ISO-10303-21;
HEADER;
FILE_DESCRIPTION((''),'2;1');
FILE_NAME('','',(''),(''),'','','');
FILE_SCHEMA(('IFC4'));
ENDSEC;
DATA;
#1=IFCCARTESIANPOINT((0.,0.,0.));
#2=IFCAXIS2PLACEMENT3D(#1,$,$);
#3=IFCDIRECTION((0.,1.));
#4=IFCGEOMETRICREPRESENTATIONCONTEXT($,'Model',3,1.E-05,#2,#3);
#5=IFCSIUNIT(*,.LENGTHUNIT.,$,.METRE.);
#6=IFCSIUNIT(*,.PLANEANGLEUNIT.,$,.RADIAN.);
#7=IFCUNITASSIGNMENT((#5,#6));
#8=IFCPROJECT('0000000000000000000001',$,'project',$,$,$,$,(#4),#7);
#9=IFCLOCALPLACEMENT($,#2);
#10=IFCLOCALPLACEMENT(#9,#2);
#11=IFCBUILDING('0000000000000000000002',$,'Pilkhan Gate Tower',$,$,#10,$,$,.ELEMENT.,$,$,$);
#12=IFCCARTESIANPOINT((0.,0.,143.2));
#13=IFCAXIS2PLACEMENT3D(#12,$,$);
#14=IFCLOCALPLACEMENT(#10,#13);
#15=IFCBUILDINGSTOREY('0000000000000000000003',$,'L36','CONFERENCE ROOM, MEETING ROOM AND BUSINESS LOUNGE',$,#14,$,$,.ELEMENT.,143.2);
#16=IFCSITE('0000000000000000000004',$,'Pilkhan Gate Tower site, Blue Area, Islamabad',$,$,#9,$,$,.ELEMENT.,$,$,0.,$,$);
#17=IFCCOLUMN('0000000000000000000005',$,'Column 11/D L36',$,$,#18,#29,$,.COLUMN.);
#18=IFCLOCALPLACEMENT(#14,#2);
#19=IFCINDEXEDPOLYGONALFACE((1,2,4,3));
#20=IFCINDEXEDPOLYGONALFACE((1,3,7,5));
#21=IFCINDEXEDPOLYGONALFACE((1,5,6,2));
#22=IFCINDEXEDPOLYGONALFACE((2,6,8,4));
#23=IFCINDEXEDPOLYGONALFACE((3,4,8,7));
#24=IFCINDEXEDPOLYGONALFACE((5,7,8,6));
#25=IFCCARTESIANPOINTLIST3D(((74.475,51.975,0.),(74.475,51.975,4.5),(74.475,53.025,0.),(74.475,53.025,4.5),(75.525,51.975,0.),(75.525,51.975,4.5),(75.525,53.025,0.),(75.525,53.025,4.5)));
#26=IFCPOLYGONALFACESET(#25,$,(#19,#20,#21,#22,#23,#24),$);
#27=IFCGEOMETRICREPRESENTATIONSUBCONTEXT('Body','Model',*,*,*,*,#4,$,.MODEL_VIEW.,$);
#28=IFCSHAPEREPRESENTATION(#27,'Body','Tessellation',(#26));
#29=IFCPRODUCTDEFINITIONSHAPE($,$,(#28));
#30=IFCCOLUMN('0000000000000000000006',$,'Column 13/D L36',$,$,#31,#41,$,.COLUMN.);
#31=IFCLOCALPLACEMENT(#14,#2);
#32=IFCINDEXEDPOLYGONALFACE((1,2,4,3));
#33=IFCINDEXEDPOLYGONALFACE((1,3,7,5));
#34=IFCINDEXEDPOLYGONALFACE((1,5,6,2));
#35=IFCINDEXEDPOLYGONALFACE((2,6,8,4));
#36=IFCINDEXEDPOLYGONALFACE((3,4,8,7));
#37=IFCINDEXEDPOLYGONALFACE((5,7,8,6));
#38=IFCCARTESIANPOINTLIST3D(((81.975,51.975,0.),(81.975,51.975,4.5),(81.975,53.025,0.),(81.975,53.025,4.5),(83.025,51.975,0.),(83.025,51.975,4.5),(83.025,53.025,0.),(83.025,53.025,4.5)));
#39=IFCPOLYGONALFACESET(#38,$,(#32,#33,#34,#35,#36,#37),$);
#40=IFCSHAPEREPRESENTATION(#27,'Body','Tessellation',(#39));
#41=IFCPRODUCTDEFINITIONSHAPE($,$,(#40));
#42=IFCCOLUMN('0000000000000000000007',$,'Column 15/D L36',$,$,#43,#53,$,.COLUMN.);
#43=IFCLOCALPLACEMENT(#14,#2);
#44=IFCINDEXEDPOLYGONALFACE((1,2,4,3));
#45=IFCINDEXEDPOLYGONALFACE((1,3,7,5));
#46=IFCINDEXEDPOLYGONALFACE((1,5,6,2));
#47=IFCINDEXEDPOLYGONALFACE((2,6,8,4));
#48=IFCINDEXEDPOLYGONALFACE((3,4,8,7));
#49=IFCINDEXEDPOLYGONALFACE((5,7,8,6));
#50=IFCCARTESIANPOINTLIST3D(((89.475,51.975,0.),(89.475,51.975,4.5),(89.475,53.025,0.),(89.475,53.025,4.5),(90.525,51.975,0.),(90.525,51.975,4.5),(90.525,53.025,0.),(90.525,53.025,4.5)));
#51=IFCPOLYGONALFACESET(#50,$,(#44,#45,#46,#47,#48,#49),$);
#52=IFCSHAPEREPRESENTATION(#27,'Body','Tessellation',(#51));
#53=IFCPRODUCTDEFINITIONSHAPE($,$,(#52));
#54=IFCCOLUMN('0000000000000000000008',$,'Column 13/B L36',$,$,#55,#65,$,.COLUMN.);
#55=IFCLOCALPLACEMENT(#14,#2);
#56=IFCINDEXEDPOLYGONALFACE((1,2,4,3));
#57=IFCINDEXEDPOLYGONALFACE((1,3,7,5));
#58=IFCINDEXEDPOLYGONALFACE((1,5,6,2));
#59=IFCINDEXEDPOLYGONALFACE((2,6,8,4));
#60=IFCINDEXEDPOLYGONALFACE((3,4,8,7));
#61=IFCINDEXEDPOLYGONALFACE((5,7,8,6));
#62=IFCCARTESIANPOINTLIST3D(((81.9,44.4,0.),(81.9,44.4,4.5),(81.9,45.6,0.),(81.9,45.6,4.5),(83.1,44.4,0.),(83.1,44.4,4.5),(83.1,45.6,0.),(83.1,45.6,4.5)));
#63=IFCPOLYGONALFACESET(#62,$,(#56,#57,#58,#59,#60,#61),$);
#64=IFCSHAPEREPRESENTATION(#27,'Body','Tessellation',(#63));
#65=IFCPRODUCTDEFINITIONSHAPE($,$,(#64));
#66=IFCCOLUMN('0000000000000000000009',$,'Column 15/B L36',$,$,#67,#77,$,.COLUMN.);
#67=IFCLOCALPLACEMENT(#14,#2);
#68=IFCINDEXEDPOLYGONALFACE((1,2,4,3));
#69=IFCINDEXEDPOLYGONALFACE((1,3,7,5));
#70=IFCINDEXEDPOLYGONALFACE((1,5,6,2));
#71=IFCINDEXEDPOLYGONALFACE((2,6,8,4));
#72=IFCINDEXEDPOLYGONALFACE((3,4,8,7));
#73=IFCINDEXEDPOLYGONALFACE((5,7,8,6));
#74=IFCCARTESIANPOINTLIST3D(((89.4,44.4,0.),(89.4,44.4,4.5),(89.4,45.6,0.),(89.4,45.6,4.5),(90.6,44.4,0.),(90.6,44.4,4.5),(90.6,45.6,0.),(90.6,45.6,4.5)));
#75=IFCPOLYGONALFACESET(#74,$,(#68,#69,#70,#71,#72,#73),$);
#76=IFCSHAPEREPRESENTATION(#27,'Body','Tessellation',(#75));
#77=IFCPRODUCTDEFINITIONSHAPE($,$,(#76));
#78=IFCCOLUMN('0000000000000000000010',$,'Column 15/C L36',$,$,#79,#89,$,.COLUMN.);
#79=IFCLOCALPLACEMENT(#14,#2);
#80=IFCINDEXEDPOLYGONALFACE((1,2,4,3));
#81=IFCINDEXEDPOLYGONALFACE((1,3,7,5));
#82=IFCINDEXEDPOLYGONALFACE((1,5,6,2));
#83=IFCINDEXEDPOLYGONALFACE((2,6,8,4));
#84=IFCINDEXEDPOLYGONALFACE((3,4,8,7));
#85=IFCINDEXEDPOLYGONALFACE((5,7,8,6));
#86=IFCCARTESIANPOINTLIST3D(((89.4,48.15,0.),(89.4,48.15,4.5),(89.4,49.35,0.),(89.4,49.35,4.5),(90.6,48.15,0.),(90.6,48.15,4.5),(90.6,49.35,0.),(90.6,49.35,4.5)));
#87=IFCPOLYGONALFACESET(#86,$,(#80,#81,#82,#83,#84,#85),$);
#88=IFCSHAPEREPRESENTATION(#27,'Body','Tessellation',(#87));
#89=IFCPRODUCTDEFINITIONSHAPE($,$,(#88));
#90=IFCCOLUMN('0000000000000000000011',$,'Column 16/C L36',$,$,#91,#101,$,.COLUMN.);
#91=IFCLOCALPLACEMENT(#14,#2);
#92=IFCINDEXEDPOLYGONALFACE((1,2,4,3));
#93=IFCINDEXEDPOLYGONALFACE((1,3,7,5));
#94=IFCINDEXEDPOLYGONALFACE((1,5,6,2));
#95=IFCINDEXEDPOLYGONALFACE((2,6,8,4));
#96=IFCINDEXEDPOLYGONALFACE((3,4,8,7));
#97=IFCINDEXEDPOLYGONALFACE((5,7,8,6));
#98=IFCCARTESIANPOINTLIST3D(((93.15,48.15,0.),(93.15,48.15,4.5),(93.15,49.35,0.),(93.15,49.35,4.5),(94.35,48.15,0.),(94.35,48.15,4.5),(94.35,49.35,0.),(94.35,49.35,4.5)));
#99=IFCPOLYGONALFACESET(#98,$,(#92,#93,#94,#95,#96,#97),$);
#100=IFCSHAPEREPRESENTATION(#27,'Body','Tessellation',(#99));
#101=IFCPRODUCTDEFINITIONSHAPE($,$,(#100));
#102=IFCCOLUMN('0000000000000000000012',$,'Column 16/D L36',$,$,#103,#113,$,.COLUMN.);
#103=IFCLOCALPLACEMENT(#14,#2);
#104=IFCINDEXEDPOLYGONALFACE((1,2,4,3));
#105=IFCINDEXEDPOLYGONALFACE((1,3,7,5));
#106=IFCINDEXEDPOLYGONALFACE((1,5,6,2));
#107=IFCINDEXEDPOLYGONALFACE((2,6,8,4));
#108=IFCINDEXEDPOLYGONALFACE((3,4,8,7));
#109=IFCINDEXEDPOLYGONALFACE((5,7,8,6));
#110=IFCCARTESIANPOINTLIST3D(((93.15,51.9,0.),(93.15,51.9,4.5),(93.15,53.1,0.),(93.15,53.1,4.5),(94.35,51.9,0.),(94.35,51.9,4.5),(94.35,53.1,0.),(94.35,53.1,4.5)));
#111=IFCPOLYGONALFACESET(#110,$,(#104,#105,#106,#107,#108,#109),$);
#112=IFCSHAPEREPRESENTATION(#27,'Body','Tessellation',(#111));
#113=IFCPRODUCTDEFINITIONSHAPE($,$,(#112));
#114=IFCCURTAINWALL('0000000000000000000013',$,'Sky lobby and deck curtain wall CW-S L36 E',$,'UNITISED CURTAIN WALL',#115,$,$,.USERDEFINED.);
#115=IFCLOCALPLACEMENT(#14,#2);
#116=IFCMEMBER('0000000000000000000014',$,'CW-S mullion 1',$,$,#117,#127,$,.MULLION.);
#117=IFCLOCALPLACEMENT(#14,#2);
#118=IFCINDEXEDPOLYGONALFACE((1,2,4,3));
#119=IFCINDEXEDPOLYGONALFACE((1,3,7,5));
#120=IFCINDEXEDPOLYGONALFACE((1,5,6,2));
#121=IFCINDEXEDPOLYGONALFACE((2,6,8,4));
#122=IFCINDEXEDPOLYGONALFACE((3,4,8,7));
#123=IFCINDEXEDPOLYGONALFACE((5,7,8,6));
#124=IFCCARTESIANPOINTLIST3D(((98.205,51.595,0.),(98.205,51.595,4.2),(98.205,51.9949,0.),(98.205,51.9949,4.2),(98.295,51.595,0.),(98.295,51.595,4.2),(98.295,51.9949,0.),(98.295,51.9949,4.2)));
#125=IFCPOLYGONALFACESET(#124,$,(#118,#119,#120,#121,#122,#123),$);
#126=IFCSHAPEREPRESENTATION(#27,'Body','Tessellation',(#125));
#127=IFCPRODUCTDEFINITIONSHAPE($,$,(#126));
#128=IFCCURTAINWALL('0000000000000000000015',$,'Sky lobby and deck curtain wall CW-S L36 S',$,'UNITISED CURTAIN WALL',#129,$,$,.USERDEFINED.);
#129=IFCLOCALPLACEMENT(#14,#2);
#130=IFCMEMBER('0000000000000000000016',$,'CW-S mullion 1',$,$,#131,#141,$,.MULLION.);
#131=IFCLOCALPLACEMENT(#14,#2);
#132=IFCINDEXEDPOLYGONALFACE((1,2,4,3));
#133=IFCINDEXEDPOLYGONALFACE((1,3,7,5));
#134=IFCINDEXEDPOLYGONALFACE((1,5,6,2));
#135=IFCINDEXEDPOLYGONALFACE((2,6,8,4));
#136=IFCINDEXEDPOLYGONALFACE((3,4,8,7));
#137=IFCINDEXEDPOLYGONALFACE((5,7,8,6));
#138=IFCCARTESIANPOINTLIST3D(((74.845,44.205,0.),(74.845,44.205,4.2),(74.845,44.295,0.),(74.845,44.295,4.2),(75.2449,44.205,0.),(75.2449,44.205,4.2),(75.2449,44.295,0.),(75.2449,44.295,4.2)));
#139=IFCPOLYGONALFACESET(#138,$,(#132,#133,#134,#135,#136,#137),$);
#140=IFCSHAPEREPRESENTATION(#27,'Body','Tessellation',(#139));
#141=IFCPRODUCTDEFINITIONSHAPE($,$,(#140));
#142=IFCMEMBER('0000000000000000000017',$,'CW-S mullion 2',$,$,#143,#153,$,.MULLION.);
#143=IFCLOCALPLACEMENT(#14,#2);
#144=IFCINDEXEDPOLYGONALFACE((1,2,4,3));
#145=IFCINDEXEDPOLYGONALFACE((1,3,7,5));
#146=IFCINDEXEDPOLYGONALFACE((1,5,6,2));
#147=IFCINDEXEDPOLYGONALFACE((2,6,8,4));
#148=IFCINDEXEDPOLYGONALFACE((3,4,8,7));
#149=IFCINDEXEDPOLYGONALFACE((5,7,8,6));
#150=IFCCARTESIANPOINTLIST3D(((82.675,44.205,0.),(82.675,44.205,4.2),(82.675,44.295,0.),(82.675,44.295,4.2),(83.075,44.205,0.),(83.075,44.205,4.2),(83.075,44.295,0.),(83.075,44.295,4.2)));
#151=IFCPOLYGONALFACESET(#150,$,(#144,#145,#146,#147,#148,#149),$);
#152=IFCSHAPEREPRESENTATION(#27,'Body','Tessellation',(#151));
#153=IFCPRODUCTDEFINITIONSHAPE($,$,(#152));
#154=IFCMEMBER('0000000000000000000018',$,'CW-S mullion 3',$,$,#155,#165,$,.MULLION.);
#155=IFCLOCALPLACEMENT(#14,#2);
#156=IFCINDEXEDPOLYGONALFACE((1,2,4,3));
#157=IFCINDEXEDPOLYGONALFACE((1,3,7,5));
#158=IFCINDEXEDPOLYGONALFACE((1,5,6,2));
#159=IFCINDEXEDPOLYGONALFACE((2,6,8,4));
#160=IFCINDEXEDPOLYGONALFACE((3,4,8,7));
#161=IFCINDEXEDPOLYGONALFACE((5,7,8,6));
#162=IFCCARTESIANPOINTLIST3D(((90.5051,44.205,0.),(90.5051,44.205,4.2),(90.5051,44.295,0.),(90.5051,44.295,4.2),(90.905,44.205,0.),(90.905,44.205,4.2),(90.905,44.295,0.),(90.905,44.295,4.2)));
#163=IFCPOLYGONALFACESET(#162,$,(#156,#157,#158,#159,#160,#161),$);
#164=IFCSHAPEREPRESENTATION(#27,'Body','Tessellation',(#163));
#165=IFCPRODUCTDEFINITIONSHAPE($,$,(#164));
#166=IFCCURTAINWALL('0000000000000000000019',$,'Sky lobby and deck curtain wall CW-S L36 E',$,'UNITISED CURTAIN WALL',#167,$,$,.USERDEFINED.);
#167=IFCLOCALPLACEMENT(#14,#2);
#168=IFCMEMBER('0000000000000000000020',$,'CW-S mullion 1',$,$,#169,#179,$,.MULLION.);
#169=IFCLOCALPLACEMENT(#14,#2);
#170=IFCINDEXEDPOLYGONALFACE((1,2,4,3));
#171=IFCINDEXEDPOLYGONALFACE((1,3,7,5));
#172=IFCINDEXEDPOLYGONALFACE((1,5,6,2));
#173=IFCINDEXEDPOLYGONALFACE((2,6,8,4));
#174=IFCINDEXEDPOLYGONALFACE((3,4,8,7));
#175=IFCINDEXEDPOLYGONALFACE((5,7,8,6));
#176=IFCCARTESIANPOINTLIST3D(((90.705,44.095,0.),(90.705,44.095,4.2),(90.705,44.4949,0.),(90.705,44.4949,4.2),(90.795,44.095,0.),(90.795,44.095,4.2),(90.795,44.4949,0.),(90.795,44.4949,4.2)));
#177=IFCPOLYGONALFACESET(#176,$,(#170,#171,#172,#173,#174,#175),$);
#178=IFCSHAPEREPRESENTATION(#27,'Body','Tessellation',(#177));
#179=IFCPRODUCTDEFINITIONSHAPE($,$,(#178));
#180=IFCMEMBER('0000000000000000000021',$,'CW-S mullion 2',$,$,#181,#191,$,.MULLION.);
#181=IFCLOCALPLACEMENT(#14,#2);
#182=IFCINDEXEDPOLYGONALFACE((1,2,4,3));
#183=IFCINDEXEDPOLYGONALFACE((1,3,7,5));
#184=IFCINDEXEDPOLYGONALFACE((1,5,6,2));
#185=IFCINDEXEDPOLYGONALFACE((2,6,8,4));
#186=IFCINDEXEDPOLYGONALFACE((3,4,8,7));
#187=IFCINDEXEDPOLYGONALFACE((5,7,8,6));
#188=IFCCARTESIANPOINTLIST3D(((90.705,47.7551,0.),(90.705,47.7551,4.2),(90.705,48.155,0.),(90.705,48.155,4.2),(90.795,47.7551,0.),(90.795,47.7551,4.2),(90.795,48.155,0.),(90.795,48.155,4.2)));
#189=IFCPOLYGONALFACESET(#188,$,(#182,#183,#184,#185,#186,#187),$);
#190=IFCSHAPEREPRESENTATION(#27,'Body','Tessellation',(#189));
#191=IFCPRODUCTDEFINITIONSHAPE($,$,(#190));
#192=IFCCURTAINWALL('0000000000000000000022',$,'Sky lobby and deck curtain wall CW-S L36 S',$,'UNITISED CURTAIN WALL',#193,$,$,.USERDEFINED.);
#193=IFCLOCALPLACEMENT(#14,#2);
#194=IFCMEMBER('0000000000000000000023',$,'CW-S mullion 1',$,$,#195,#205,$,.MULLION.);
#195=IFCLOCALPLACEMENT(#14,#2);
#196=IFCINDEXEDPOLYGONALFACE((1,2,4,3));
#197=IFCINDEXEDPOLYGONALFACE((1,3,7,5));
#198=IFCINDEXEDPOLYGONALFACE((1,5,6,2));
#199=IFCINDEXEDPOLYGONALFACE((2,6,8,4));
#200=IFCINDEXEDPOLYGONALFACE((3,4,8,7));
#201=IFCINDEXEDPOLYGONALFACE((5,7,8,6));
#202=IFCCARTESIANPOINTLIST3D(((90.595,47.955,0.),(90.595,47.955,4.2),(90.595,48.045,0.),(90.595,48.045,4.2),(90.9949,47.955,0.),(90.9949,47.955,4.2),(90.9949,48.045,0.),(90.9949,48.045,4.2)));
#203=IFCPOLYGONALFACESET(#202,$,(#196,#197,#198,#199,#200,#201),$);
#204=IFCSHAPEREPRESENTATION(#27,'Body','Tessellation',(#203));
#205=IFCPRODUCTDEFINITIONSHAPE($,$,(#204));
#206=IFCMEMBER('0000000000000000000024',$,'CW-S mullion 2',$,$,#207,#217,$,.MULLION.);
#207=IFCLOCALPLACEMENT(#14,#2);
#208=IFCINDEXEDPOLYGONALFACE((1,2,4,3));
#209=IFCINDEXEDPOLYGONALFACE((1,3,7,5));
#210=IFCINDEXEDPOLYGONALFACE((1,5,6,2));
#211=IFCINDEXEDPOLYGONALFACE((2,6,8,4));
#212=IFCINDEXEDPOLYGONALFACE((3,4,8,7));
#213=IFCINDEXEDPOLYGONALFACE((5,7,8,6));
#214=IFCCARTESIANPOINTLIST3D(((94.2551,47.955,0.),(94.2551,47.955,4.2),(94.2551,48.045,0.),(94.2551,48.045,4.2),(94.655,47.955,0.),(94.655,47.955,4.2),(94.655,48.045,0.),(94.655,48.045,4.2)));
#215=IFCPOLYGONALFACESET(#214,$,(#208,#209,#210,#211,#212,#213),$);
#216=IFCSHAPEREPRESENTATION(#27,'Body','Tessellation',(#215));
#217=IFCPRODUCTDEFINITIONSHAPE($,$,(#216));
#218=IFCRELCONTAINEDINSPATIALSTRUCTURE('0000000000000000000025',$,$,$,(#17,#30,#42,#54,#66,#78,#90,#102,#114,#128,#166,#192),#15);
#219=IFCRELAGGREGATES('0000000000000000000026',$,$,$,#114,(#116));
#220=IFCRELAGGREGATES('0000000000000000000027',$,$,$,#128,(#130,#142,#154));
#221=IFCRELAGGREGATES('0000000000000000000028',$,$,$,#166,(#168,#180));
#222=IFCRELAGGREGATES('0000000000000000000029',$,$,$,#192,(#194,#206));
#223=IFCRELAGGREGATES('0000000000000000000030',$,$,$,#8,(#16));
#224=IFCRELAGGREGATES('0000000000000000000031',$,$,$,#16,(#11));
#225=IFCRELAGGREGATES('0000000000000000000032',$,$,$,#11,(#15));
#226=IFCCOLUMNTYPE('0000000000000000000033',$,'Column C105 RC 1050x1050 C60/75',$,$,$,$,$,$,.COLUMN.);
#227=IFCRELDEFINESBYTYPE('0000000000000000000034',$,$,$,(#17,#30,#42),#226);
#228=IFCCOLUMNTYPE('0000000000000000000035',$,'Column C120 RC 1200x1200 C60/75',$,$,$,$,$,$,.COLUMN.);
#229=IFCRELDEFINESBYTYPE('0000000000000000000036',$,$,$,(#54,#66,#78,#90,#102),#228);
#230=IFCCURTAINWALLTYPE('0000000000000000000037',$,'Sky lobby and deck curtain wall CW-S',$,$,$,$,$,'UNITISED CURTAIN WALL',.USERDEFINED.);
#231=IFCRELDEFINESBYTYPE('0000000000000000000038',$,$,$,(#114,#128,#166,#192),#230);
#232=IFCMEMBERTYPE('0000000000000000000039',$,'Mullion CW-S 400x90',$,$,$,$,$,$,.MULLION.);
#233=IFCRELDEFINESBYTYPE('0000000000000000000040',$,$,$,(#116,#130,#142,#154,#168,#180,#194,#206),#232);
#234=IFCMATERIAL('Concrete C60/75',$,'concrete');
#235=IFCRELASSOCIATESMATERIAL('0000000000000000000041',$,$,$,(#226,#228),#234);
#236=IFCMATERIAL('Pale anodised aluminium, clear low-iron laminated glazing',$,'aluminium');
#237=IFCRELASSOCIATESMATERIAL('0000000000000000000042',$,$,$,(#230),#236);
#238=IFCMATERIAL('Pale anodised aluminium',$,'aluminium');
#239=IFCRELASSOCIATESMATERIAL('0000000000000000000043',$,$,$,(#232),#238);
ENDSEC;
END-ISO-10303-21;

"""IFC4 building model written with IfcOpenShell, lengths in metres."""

from ifc_helpers import new_model, si_unit, direction, frame, origin, origin_2d, place, context, subcontext, project, spatial, rectangle, extrude, material, material_profile, profile_set, type_object, element, aggregate, save


model = new_model("IFC4")

# Units and contexts
model_context = context("Model", 3, precision=1e-05, world=origin(), true_north=direction((0.0, 1.0)))
body_context = subcontext(model_context, "Body", "Model", "MODEL_VIEW")
ifc_project = project(units=[si_unit("LENGTHUNIT", "METRE"), si_unit("PLANEANGLEUNIT", "RADIAN")], contexts=[model_context])

# Site, building, storey
site_placement = place(None, origin())
site = spatial("IfcSite", under=ifc_project, at=site_placement, Name="Pilkhan Gate Tower site, Blue Area, Islamabad", CompositionType="ELEMENT", RefElevation=0.0)
building_placement = place(site_placement, origin())
building = spatial("IfcBuilding", under=site, at=building_placement, Name="Pilkhan Gate Tower", CompositionType="ELEMENT")
storey_placement = place(building_placement, frame((0.0, 0.0, 143.2)))
storey = spatial("IfcBuildingStorey", under=building, at=storey_placement, Name="L36", Description="CONFERENCE ROOM, MEETING ROOM AND BUSINESS LOUNGE", CompositionType="ELEMENT", Elevation=143.2)

# Columns
ifc_material_1 = material(Name="Concrete C60/75", Category="concrete")
ifc_material_profile_1 = material_profile(ifc_material_1, rectangle(XDim=1.05, YDim=1.05, at=origin_2d()), Name="RC 1050x1050")
ifc_profile_set_1 = profile_set([ifc_material_profile_1], Name="Concrete C60/75")
column_type_1 = type_object("IfcColumnType", Name="Column C105 RC 1050x1050 C60/75", PredefinedType="COLUMN", material=ifc_profile_set_1)
for number, where, z_axis, x_axis, name in (
    (1, (75.0, 52.5, 0.0), (0.0, 0.0, 1.0), (1.0, 0.0, 0.0), "Column 11/D L36"),
    (2, (82.5, 52.5, 0.0), (0.0, 0.0, 1.0), (1.0, 0.0, 0.0), "Column 13/D L36"),
    (3, (90.0, 52.5, 0.0), (0.0, 0.0, 1.0), (1.0, 0.0, 0.0), "Column 15/D L36"),
):
    element("IfcColumn", number, at=place(storey_placement, frame(where, z_axis=z_axis, x_axis=x_axis)), inside=storey, type_object=column_type_1, Name=name, PredefinedType="COLUMN", context=body_context, shape_type="SweptSolid", body=[
        extrude(rectangle(XDim=1.05, YDim=1.05, at=origin_2d()), origin(), (0.0, 0.0, 1.0), 4.5),
    ])
ifc_material_profile_2 = material_profile(ifc_material_1, rectangle(XDim=1.2, YDim=1.2, at=origin_2d()), Name="RC 1200x1200")
ifc_profile_set_2 = profile_set([ifc_material_profile_2], Name="Concrete C60/75")
column_type_2 = type_object("IfcColumnType", Name="Column C120 RC 1200x1200 C60/75", PredefinedType="COLUMN", material=ifc_profile_set_2)
for number, where, z_axis, x_axis, name in (
    (4, (82.5, 45.0, 0.0), (0.0, 0.0, 1.0), (1.0, 0.0, 0.0), "Column 13/B L36"),
    (5, (90.0, 45.0, 0.0), (0.0, 0.0, 1.0), (1.0, 0.0, 0.0), "Column 15/B L36"),
    (6, (90.0, 48.75, 0.0), (0.0, 0.0, 1.0), (1.0, 0.0, 0.0), "Column 15/C L36"),
    (7, (93.75, 48.75, 0.0), (0.0, 0.0, 1.0), (1.0, 0.0, 0.0), "Column 16/C L36"),
    (8, (93.75, 52.5, 0.0), (0.0, 0.0, 1.0), (1.0, 0.0, 0.0), "Column 16/D L36"),
):
    element("IfcColumn", number, at=place(storey_placement, frame(where, z_axis=z_axis, x_axis=x_axis)), inside=storey, type_object=column_type_2, Name=name, PredefinedType="COLUMN", context=body_context, shape_type="SweptSolid", body=[
        extrude(rectangle(XDim=1.2, YDim=1.2, at=origin_2d()), origin(), (0.0, 0.0, 1.0), 4.5),
    ])

# Curtain wall, member
ifc_material_2 = material(Name="Pale anodised aluminium, clear low-iron laminated glazing", Category="aluminium")
curtain_wall_type = type_object("IfcCurtainWallType", Name="Sky lobby and deck curtain wall CW-S", ElementType="UNITISED CURTAIN WALL", PredefinedType="USERDEFINED", material=ifc_material_2)
curtain_wall_1_placement = place(storey_placement, origin())
curtain_wall_1 = element("IfcCurtainWall", 9, at=curtain_wall_1_placement, inside=storey, type_object=curtain_wall_type, Name="Sky lobby and deck curtain wall CW-S L36 E", ObjectType="UNITISED CURTAIN WALL", PredefinedType="USERDEFINED")
ifc_material_3 = material(Name="Pale anodised aluminium", Category="aluminium")
ifc_material_profile_3 = material_profile(ifc_material_3, rectangle(XDim=0.0901, YDim=0.3999, at=origin_2d()), Name="Mullion 400x90")
ifc_profile_set_3 = profile_set([ifc_material_profile_3], Name="Pale anodised aluminium")
member_type_1 = type_object("IfcMemberType", Name="Mullion CW-S 400x90", PredefinedType="MULLION", material=ifc_profile_set_3)
member_1_placement = place(storey_placement, frame((98.25, 51.7949, 0.0), z_axis=(0.0, 0.0, 1.0), x_axis=(-1.0, 0.0, 0.0)))
member_1 = element("IfcMember", 10, at=member_1_placement, type_object=member_type_1, Name="CW-S mullion 1", PredefinedType="MULLION", context=body_context, shape_type="SweptSolid", body=[
    extrude(rectangle(XDim=0.0901, YDim=0.3999, at=origin_2d()), origin(), (0.0, 0.0, 1.0), 4.2),
])

# Curtain walls, members
curtain_wall_2_placement = place(storey_placement, origin())
curtain_wall_2 = element("IfcCurtainWall", 11, at=curtain_wall_2_placement, inside=storey, type_object=curtain_wall_type, Name="Sky lobby and deck curtain wall CW-S L36 S", ObjectType="UNITISED CURTAIN WALL", PredefinedType="USERDEFINED")
member_2_placement = place(storey_placement, frame((75.0449, 44.25, 0.0), z_axis=(0.0, 0.0, 1.0), x_axis=(0.0, 1.0, 0.0)))
member_2 = element("IfcMember", 12, at=member_2_placement, type_object=member_type_1, Name="CW-S mullion 1", PredefinedType="MULLION", context=body_context, shape_type="SweptSolid", body=[
    extrude(rectangle(XDim=0.0901, YDim=0.3999, at=origin_2d()), origin(), (0.0, 0.0, 1.0), 4.2),
])
member_3_placement = place(storey_placement, frame((82.875, 44.25, 0.0), z_axis=(0.0, 0.0, 1.0), x_axis=(0.0, 1.0, 0.0)))
member_3 = element("IfcMember", 13, at=member_3_placement, type_object=member_type_1, Name="CW-S mullion 2", PredefinedType="MULLION", context=body_context, shape_type="SweptSolid", body=[
    extrude(rectangle(XDim=0.0901, YDim=0.3999, at=origin_2d()), origin(), (0.0, 0.0, 1.0), 4.2),
])
member_4_placement = place(storey_placement, frame((90.7051, 44.25, 0.0), z_axis=(0.0, 0.0, 1.0), x_axis=(0.0, 1.0, 0.0)))
member_4 = element("IfcMember", 14, at=member_4_placement, type_object=member_type_1, Name="CW-S mullion 3", PredefinedType="MULLION", context=body_context, shape_type="SweptSolid", body=[
    extrude(rectangle(XDim=0.0901, YDim=0.3999, at=origin_2d()), origin(), (0.0, 0.0, 1.0), 4.2),
])
curtain_wall_3_placement = place(storey_placement, origin())
curtain_wall_3 = element("IfcCurtainWall", 15, at=curtain_wall_3_placement, inside=storey, type_object=curtain_wall_type, Name="Sky lobby and deck curtain wall CW-S L36 E", ObjectType="UNITISED CURTAIN WALL", PredefinedType="USERDEFINED")
member_5_placement = place(storey_placement, frame((90.75, 44.2949, 0.0), z_axis=(0.0, 0.0, 1.0), x_axis=(-1.0, 0.0, 0.0)))
member_5 = element("IfcMember", 16, at=member_5_placement, type_object=member_type_1, Name="CW-S mullion 1", PredefinedType="MULLION", context=body_context, shape_type="SweptSolid", body=[
    extrude(rectangle(XDim=0.0901, YDim=0.3999, at=origin_2d()), origin(), (0.0, 0.0, 1.0), 4.2),
])
member_6_placement = place(storey_placement, frame((90.75, 47.9551, 0.0), z_axis=(0.0, 0.0, 1.0), x_axis=(-1.0, 0.0, 0.0)))
member_6 = element("IfcMember", 17, at=member_6_placement, type_object=member_type_1, Name="CW-S mullion 2", PredefinedType="MULLION", context=body_context, shape_type="SweptSolid", body=[
    extrude(rectangle(XDim=0.0901, YDim=0.3999, at=origin_2d()), origin(), (0.0, 0.0, 1.0), 4.2),
])
curtain_wall_4_placement = place(storey_placement, origin())
curtain_wall_4 = element("IfcCurtainWall", 18, at=curtain_wall_4_placement, inside=storey, type_object=curtain_wall_type, Name="Sky lobby and deck curtain wall CW-S L36 S", ObjectType="UNITISED CURTAIN WALL", PredefinedType="USERDEFINED")
member_7_placement = place(storey_placement, frame((90.7949, 48.0, 0.0), z_axis=(0.0, 0.0, 1.0), x_axis=(0.0, 1.0, 0.0)))
member_7 = element("IfcMember", 19, at=member_7_placement, type_object=member_type_1, Name="CW-S mullion 1", PredefinedType="MULLION", context=body_context, shape_type="SweptSolid", body=[
    extrude(rectangle(XDim=0.0901, YDim=0.3999, at=origin_2d()), origin(), (0.0, 0.0, 1.0), 4.2),
])
member_8_placement = place(storey_placement, frame((94.4551, 48.0, 0.0), z_axis=(0.0, 0.0, 1.0), x_axis=(0.0, 1.0, 0.0)))
member_8 = element("IfcMember", 20, at=member_8_placement, type_object=member_type_1, Name="CW-S mullion 2", PredefinedType="MULLION", context=body_context, shape_type="SweptSolid", body=[
    extrude(rectangle(XDim=0.0901, YDim=0.3999, at=origin_2d()), origin(), (0.0, 0.0, 1.0), 4.2),
])

aggregate(curtain_wall_1, [member_1])

aggregate(curtain_wall_2, [member_2, member_3, member_4])
aggregate(curtain_wall_3, [member_5, member_6])
aggregate(curtain_wall_4, [member_7, member_8])

save(model, "model.ifc")
